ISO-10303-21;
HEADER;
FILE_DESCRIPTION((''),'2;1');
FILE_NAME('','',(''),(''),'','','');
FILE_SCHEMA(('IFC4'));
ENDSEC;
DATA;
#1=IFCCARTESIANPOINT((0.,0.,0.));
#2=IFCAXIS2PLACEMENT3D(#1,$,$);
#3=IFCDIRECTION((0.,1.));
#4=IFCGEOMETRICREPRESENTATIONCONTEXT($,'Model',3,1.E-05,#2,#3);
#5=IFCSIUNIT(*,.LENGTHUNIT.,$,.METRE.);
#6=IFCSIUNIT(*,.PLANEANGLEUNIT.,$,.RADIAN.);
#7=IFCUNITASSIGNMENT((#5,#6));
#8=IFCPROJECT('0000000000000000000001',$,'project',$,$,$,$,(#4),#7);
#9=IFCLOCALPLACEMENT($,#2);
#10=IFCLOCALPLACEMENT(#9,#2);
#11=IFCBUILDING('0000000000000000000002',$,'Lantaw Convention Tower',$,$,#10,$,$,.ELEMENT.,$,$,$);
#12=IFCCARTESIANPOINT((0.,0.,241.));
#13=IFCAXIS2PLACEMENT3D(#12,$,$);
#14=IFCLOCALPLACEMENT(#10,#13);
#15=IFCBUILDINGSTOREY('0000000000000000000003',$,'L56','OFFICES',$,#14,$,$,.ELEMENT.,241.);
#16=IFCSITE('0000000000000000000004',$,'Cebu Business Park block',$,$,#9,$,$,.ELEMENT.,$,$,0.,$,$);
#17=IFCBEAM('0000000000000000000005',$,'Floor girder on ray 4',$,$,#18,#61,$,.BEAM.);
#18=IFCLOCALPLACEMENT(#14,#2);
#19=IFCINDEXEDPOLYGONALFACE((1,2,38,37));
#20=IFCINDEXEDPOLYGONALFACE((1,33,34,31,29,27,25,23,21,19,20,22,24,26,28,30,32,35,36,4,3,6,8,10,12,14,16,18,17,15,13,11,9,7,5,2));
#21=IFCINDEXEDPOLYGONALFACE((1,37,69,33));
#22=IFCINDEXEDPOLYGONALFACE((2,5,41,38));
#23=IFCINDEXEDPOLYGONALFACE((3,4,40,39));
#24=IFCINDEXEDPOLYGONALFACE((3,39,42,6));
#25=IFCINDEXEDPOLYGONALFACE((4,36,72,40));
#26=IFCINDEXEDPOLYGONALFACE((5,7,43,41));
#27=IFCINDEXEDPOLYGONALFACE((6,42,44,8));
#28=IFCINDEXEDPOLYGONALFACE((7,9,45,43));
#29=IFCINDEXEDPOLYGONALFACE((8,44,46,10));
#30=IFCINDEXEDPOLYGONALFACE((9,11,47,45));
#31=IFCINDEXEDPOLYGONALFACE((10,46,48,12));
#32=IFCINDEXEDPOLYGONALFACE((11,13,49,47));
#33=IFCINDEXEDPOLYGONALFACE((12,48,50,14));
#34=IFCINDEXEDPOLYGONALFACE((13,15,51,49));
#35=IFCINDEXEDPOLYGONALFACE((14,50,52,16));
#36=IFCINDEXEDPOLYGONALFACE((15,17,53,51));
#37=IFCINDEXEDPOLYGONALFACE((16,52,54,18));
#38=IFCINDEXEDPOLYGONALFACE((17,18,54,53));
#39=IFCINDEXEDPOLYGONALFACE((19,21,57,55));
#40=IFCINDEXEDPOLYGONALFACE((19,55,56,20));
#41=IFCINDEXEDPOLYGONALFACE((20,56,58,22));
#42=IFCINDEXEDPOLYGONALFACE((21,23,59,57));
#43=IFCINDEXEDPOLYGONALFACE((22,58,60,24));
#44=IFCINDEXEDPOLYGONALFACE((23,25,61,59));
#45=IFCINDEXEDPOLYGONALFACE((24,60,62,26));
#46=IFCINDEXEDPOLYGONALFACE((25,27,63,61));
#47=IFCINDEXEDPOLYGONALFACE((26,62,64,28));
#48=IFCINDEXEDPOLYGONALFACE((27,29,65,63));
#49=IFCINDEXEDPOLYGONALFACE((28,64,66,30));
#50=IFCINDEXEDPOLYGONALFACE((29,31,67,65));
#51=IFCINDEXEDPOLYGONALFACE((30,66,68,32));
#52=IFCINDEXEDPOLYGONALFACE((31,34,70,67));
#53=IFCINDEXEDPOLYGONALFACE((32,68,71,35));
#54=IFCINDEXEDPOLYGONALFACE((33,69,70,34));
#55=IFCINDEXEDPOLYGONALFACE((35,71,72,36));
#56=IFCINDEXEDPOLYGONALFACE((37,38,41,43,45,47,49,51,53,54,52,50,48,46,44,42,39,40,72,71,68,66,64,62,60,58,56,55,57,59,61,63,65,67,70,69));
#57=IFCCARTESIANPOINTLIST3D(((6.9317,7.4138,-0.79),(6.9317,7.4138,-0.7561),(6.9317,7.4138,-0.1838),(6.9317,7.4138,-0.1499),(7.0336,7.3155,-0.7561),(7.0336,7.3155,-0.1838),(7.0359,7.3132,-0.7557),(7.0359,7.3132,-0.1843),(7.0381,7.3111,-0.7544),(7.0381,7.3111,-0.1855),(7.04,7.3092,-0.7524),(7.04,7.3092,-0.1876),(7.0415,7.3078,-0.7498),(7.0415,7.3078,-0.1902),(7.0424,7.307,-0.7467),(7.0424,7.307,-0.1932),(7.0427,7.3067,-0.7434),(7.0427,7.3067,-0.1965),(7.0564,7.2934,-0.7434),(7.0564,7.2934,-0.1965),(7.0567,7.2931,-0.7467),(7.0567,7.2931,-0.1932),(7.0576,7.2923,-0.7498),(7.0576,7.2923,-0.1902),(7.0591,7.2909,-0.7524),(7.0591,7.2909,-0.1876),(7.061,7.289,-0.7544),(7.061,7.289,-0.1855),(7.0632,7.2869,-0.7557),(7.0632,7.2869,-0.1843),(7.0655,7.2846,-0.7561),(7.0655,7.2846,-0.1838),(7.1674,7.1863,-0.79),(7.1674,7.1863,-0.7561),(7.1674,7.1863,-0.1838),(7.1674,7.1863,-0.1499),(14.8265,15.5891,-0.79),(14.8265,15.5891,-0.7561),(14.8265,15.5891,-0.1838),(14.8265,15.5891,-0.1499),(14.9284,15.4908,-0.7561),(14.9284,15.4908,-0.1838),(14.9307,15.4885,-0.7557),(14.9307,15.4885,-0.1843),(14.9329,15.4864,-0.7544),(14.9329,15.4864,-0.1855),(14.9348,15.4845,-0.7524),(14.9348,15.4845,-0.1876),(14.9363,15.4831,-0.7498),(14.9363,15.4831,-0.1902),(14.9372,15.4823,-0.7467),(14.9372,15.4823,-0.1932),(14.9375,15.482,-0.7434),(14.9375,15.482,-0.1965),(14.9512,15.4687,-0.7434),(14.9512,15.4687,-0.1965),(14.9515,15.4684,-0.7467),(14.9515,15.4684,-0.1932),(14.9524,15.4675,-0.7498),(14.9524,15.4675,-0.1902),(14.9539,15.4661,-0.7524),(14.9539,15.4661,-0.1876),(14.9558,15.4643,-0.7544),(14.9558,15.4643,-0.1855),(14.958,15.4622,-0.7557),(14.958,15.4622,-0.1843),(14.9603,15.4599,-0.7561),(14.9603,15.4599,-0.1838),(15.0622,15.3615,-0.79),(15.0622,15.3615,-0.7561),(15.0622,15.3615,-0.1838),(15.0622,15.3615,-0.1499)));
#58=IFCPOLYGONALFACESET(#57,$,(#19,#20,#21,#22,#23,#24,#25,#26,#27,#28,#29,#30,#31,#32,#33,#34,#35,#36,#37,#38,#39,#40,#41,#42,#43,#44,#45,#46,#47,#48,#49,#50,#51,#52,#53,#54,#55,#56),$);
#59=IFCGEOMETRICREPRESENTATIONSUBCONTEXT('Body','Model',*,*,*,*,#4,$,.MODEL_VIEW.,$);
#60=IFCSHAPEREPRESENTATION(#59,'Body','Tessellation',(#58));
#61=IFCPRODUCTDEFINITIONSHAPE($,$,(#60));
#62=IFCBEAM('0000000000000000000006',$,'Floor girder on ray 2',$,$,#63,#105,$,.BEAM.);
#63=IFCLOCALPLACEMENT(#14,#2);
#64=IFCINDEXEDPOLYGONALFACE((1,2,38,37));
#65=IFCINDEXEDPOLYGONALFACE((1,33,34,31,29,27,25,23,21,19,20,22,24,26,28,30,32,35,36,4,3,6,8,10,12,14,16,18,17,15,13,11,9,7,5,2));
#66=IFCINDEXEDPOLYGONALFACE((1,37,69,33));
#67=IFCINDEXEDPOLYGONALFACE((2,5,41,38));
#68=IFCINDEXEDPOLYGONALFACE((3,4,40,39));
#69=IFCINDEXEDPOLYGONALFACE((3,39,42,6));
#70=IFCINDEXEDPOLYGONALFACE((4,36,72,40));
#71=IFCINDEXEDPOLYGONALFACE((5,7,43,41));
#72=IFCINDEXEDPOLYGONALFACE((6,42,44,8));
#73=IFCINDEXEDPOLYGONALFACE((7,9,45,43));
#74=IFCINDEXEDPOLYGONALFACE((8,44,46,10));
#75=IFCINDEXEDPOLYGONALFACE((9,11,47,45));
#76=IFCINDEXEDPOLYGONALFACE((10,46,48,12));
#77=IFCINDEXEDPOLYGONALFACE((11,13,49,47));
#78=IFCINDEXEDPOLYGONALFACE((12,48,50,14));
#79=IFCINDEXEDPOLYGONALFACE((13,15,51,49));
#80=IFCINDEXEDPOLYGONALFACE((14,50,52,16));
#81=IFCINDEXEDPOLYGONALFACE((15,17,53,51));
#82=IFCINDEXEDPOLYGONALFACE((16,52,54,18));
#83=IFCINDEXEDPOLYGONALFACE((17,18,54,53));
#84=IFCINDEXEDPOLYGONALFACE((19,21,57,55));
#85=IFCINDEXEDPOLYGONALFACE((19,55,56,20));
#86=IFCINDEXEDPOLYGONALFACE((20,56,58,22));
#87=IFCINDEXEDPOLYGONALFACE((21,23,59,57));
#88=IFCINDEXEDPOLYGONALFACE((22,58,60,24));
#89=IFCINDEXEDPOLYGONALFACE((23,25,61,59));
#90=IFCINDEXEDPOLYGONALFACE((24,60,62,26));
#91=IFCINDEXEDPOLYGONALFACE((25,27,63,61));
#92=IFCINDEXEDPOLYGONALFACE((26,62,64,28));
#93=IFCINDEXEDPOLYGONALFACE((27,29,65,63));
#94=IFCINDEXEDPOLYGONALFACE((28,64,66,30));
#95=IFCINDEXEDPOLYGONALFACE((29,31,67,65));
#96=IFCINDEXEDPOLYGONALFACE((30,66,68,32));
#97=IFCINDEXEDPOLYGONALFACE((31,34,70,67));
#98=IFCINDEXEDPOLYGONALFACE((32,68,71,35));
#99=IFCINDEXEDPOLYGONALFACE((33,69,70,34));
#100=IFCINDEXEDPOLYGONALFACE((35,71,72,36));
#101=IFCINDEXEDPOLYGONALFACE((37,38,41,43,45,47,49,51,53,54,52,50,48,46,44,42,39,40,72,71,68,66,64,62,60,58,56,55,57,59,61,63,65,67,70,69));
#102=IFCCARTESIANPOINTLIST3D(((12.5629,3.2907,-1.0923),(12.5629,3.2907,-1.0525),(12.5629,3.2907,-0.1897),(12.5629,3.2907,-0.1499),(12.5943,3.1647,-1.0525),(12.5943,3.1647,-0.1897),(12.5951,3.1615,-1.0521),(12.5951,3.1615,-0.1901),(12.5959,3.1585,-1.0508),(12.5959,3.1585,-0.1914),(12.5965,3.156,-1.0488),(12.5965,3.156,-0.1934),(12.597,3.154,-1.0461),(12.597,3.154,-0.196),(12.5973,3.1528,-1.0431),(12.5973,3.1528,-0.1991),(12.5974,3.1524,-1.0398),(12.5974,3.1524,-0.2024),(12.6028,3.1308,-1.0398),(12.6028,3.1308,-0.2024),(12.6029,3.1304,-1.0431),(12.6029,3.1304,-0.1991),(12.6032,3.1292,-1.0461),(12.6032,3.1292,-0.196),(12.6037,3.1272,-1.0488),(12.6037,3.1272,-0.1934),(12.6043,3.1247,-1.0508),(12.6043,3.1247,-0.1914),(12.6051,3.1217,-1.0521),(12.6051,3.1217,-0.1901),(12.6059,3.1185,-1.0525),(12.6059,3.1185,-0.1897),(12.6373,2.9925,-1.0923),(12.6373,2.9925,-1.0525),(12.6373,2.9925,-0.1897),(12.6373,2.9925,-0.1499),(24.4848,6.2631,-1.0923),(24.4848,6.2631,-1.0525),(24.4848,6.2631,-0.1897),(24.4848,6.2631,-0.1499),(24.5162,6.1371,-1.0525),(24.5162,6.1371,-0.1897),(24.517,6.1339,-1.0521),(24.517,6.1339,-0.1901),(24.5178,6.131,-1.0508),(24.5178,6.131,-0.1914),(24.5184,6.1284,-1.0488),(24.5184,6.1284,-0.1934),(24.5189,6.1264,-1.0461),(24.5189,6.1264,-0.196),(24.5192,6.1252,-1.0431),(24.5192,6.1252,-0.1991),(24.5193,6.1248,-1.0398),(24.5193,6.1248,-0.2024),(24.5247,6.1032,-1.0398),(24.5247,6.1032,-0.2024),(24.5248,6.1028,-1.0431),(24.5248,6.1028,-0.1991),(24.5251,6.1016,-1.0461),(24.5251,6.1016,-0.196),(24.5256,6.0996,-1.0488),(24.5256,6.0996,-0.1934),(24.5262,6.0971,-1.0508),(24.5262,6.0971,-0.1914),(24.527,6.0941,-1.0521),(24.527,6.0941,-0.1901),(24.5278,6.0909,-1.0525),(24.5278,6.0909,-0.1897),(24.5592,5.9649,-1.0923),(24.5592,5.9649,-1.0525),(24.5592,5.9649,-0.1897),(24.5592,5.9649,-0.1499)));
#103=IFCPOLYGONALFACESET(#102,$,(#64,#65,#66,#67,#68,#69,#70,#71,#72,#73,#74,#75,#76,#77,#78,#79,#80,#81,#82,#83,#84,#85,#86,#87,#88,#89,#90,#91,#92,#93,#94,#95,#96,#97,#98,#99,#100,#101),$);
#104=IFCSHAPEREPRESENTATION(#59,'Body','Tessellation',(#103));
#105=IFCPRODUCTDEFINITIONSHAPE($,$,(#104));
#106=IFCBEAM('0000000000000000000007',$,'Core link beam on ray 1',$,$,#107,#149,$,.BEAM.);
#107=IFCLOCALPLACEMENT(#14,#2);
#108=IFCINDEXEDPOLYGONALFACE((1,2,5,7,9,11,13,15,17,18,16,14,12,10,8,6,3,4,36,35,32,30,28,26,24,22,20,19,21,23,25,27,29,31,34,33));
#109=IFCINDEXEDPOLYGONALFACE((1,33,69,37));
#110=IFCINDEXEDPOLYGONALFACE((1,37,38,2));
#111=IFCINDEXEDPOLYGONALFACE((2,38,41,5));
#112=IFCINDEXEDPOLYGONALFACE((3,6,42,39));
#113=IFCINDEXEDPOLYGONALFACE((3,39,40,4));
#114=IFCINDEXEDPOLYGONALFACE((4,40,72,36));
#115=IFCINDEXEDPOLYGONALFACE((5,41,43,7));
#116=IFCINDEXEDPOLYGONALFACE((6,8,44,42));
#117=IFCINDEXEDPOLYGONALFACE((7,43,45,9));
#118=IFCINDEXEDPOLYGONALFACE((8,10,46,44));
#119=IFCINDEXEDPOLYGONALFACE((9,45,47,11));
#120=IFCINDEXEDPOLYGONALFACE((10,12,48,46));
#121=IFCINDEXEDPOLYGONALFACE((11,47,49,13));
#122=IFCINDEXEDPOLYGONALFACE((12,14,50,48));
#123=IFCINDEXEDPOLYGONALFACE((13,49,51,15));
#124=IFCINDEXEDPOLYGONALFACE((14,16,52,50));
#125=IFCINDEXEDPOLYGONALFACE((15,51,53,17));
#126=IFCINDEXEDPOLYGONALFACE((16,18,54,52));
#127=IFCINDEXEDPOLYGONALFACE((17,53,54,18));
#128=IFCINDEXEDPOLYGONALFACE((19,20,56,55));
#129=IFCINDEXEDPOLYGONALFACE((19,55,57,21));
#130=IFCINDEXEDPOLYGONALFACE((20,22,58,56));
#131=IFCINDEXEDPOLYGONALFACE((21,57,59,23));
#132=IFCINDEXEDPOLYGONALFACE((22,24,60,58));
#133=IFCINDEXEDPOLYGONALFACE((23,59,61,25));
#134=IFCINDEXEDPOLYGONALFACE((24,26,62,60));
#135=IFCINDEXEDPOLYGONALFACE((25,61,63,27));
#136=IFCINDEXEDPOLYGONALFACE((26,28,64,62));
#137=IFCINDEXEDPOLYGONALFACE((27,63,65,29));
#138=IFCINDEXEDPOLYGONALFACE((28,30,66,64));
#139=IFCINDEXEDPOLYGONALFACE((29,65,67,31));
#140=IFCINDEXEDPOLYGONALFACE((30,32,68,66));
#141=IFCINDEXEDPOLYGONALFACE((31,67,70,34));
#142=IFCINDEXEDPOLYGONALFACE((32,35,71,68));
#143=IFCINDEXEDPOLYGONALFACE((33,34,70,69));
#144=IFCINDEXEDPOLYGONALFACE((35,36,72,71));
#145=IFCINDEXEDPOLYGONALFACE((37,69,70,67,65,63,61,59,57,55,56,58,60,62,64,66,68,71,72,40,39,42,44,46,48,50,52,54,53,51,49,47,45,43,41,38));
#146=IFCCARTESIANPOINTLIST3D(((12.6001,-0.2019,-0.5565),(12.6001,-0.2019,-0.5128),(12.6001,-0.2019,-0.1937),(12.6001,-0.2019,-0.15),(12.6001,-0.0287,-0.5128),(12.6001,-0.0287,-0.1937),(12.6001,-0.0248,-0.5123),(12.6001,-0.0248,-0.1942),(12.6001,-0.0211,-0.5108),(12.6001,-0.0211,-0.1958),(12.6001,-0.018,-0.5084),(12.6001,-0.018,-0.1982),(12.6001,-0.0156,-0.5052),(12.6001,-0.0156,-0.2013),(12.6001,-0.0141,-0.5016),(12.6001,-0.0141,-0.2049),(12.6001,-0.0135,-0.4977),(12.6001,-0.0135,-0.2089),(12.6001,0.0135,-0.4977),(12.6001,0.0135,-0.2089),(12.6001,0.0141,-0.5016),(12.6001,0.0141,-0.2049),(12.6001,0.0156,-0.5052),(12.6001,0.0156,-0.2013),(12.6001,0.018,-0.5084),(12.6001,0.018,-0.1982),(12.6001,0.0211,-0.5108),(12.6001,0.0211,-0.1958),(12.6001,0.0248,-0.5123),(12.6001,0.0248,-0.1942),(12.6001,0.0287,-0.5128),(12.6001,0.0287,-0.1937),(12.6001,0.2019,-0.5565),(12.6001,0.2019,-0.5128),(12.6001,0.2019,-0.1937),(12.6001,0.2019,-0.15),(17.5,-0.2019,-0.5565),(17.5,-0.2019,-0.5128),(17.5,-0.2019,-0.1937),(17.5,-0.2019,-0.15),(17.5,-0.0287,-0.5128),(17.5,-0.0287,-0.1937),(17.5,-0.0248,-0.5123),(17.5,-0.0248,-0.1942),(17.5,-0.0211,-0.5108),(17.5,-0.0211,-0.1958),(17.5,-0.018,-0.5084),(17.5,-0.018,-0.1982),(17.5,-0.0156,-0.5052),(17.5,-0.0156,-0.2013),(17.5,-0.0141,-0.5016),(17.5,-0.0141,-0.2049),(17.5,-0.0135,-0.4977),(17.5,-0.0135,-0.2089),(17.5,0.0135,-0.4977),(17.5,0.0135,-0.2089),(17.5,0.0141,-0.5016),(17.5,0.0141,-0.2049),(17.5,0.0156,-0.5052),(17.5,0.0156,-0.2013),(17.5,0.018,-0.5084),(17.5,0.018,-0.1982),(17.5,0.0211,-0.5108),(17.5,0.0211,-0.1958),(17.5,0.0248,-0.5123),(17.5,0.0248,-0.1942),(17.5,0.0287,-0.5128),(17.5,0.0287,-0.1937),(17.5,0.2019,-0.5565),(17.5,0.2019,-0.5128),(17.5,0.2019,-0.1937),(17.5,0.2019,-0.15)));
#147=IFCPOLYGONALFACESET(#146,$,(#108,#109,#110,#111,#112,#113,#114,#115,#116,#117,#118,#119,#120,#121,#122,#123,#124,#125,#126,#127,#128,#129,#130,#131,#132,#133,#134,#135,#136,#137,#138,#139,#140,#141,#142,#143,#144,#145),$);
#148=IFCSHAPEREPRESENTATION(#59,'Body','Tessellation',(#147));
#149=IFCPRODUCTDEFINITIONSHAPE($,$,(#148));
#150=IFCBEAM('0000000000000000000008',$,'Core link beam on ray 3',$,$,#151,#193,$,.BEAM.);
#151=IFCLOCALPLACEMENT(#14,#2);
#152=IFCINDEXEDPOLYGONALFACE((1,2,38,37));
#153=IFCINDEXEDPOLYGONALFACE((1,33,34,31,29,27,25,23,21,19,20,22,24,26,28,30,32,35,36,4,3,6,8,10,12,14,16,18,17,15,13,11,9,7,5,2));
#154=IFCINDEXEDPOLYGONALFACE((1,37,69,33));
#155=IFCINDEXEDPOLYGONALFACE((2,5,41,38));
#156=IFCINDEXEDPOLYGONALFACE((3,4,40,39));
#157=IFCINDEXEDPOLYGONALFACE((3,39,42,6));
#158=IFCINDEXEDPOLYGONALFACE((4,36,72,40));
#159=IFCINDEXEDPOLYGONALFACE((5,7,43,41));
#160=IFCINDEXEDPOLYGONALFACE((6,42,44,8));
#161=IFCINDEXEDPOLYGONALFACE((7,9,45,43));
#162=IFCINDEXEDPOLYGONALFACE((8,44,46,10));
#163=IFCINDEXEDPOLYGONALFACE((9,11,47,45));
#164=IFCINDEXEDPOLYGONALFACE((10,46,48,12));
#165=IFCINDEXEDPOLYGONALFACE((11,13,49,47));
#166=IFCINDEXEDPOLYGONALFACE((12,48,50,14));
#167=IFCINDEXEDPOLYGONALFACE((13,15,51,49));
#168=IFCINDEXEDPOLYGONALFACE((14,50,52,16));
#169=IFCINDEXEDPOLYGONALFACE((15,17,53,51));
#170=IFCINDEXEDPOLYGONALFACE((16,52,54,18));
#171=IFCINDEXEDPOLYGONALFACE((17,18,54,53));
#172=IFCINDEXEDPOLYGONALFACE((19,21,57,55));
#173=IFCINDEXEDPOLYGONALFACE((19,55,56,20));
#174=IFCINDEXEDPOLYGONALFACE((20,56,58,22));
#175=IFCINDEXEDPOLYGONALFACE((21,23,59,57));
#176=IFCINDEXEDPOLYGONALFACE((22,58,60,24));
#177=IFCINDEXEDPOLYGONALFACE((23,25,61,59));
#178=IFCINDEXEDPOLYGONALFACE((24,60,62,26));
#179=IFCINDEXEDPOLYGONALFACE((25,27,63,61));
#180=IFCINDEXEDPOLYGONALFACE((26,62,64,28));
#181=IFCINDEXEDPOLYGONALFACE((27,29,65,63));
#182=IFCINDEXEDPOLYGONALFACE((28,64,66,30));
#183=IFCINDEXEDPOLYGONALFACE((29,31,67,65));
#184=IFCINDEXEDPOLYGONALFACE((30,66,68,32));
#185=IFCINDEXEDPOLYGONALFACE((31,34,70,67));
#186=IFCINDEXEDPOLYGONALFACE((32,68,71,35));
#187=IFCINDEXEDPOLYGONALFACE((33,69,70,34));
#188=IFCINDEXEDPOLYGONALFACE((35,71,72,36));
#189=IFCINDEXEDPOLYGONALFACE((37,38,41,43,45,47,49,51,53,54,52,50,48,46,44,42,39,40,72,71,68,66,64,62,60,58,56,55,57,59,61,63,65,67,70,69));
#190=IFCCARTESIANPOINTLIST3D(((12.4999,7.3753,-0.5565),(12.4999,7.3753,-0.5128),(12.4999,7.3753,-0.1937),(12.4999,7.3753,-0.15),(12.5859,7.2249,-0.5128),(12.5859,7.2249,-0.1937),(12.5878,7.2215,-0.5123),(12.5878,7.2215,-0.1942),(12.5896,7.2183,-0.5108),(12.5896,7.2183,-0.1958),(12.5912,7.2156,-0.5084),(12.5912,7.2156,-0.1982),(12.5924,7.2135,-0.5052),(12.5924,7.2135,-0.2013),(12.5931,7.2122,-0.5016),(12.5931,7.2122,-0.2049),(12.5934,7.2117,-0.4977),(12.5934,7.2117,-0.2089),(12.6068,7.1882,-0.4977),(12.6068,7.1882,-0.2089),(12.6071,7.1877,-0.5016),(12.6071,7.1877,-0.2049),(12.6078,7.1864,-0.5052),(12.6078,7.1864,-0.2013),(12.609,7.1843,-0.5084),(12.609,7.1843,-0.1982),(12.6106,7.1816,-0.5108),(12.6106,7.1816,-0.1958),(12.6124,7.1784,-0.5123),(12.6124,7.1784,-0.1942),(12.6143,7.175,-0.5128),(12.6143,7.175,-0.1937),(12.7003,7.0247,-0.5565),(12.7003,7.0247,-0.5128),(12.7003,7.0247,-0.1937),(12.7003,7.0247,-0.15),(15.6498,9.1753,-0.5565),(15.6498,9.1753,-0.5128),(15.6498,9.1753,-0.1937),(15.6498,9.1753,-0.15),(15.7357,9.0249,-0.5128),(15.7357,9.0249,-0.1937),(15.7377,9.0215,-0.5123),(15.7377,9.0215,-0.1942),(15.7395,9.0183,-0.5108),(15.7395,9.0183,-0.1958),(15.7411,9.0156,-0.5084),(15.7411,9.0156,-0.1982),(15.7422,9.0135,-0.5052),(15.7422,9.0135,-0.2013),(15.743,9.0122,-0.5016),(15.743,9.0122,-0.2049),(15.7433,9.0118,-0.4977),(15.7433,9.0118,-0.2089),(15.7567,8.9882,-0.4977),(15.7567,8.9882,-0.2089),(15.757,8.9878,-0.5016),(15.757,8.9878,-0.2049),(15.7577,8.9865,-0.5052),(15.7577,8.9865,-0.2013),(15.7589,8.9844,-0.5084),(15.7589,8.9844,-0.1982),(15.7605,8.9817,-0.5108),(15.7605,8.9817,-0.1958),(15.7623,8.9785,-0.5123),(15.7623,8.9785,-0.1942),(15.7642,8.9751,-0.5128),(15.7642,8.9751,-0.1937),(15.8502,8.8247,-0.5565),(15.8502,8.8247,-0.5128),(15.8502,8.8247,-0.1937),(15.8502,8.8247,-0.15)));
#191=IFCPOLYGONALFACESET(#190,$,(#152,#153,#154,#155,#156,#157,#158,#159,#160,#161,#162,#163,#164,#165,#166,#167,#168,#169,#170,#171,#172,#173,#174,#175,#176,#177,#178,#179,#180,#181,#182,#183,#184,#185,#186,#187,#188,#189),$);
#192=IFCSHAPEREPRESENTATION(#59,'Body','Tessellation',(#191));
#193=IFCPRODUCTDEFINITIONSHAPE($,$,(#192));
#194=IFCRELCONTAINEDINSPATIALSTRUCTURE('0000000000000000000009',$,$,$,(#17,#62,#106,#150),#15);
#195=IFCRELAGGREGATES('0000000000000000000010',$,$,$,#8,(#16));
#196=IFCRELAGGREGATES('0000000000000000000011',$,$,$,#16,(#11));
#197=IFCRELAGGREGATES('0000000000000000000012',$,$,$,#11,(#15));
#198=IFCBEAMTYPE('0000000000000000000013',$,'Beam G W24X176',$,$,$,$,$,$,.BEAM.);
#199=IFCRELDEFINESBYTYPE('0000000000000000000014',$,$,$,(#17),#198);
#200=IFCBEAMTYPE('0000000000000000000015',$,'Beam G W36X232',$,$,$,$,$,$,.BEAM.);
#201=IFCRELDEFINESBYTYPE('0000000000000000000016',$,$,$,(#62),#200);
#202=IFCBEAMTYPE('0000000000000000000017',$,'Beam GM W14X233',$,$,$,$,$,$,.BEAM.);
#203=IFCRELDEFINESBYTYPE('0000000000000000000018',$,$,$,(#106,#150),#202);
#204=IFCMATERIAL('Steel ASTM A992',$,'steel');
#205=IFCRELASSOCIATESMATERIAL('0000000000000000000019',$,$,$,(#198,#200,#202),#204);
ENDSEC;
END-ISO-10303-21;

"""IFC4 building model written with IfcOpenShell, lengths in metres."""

from ifc_helpers import new_model, si_unit, direction, frame, origin, origin_2d, place, context, subcontext, project, spatial, i_section, extrude, material, material_profile, profile_set, type_object, element, save


model = new_model("IFC4")

# Units and contexts
model_context = context("Model", 3, precision=1e-05, world=origin(), true_north=direction((0.0, 1.0)))
body_context = subcontext(model_context, "Body", "Model", "MODEL_VIEW")
ifc_project = project(units=[si_unit("LENGTHUNIT", "METRE"), si_unit("PLANEANGLEUNIT", "RADIAN")], contexts=[model_context])

# Site, building, storey
site_placement = place(None, origin())
site = spatial("IfcSite", under=ifc_project, at=site_placement, Name="Cebu Business Park block", CompositionType="ELEMENT", RefElevation=0.0)
building_placement = place(site_placement, origin())
building = spatial("IfcBuilding", under=site, at=building_placement, Name="Lantaw Convention Tower", CompositionType="ELEMENT")
storey_placement = place(building_placement, frame((0.0, 0.0, 241.0)))
storey = spatial("IfcBuildingStorey", under=building, at=storey_placement, Name="L56", Description="OFFICES", CompositionType="ELEMENT", Elevation=241.0)

# Beams
ifc_material_1 = material(Name="Steel ASTM A992", Category="steel")
ifc_material_profile_1 = material_profile(ifc_material_1, i_section(OverallWidth=0.3276, OverallDepth=0.6401, WebThickness=0.019, FlangeThickness=0.0339, FilletRadius=0.0127, at=origin_2d()), Name="W24X176")
ifc_profile_set_1 = profile_set([ifc_material_profile_1], Name="Steel ASTM A992")
beam_type_1 = type_object("IfcBeamType", Name="Beam G W24X176", PredefinedType="BEAM", material=ifc_profile_set_1)
beam_1_placement = place(storey_placement, frame((7.0496, 7.3, -0.47), z_axis=(0.694658, 0.71934, 0.0), x_axis=(-0.71934, 0.694658, 0.0)))
element("IfcBeam", 1, at=beam_1_placement, inside=storey, type_object=beam_type_1, Name="Floor girder on ray 4", PredefinedType="BEAM", context=body_context, shape_type="SweptSolid", body=[
    extrude(i_section(OverallWidth=0.3276, OverallDepth=0.6401, WebThickness=0.019, FlangeThickness=0.0339, FilletRadius=0.0127, at=origin_2d()), origin(), (0.0, 0.0, 1.0), 11.365),
])
ifc_material_profile_2 = material_profile(ifc_material_1, i_section(OverallWidth=0.3074, OverallDepth=0.9424, WebThickness=0.0222, FlangeThickness=0.0398, FilletRadius=0.0127, at=origin_2d()), Name="W36X232")
ifc_profile_set_2 = profile_set([ifc_material_profile_2], Name="Steel ASTM A992")
beam_type_2 = type_object("IfcBeamType", Name="Beam G W36X232", PredefinedType="BEAM", material=ifc_profile_set_2)
beam_2_placement = place(storey_placement, frame((12.6001, 3.1416, -0.6211), z_axis=(0.970297, 0.241918, 0.0), x_axis=(-0.241918, 0.970297, 0.0)))
element("IfcBeam", 2, at=beam_2_placement, inside=storey, type_object=beam_type_2, Name="Floor girder on ray 2", PredefinedType="BEAM", context=body_context, shape_type="SweptSolid", body=[
    extrude(i_section(OverallWidth=0.3074, OverallDepth=0.9424, WebThickness=0.0222, FlangeThickness=0.0398, FilletRadius=0.0127, at=origin_2d()), origin(), (0.0, 0.0, 1.0), 12.2869),
])
ifc_material_profile_3 = material_profile(ifc_material_1, i_section(OverallWidth=0.4038, OverallDepth=0.4065, WebThickness=0.0271, FlangeThickness=0.0437, FilletRadius=0.0151, at=origin_2d()), Name="W14X233")
ifc_profile_set_3 = profile_set([ifc_material_profile_3], Name="Steel ASTM A992")
beam_type_3 = type_object("IfcBeamType", Name="Beam GM W14X233", PredefinedType="BEAM", material=ifc_profile_set_3)
beam_3_placement = place(storey_placement, frame((12.6001, 0.0, -0.3533), z_axis=(1.0, 0.0, 0.0), x_axis=(0.0, 1.0, 0.0)))
element("IfcBeam", 3, at=beam_3_placement, inside=storey, type_object=beam_type_3, Name="Core link beam on ray 1", PredefinedType="BEAM", context=body_context, shape_type="SweptSolid", body=[
    extrude(i_section(OverallWidth=0.4038, OverallDepth=0.4065, WebThickness=0.0271, FlangeThickness=0.0437, FilletRadius=0.0151, at=origin_2d()), origin(), (0.0, 0.0, 1.0), 4.8999),
])
beam_4_placement = place(storey_placement, frame((12.6001, 7.2, -0.3533), z_axis=(0.868231, 0.496161, 0.0), x_axis=(-0.496161, 0.868231, 0.0)))
element("IfcBeam", 4, at=beam_4_placement, inside=storey, type_object=beam_type_3, Name="Core link beam on ray 3", PredefinedType="BEAM", context=body_context, shape_type="SweptSolid", body=[
    extrude(i_section(OverallWidth=0.4038, OverallDepth=0.4065, WebThickness=0.0271, FlangeThickness=0.0437, FilletRadius=0.0151, at=origin_2d()), origin(), (0.0, 0.0, 1.0), 3.6279),
])

save(model, "model.ifc")
